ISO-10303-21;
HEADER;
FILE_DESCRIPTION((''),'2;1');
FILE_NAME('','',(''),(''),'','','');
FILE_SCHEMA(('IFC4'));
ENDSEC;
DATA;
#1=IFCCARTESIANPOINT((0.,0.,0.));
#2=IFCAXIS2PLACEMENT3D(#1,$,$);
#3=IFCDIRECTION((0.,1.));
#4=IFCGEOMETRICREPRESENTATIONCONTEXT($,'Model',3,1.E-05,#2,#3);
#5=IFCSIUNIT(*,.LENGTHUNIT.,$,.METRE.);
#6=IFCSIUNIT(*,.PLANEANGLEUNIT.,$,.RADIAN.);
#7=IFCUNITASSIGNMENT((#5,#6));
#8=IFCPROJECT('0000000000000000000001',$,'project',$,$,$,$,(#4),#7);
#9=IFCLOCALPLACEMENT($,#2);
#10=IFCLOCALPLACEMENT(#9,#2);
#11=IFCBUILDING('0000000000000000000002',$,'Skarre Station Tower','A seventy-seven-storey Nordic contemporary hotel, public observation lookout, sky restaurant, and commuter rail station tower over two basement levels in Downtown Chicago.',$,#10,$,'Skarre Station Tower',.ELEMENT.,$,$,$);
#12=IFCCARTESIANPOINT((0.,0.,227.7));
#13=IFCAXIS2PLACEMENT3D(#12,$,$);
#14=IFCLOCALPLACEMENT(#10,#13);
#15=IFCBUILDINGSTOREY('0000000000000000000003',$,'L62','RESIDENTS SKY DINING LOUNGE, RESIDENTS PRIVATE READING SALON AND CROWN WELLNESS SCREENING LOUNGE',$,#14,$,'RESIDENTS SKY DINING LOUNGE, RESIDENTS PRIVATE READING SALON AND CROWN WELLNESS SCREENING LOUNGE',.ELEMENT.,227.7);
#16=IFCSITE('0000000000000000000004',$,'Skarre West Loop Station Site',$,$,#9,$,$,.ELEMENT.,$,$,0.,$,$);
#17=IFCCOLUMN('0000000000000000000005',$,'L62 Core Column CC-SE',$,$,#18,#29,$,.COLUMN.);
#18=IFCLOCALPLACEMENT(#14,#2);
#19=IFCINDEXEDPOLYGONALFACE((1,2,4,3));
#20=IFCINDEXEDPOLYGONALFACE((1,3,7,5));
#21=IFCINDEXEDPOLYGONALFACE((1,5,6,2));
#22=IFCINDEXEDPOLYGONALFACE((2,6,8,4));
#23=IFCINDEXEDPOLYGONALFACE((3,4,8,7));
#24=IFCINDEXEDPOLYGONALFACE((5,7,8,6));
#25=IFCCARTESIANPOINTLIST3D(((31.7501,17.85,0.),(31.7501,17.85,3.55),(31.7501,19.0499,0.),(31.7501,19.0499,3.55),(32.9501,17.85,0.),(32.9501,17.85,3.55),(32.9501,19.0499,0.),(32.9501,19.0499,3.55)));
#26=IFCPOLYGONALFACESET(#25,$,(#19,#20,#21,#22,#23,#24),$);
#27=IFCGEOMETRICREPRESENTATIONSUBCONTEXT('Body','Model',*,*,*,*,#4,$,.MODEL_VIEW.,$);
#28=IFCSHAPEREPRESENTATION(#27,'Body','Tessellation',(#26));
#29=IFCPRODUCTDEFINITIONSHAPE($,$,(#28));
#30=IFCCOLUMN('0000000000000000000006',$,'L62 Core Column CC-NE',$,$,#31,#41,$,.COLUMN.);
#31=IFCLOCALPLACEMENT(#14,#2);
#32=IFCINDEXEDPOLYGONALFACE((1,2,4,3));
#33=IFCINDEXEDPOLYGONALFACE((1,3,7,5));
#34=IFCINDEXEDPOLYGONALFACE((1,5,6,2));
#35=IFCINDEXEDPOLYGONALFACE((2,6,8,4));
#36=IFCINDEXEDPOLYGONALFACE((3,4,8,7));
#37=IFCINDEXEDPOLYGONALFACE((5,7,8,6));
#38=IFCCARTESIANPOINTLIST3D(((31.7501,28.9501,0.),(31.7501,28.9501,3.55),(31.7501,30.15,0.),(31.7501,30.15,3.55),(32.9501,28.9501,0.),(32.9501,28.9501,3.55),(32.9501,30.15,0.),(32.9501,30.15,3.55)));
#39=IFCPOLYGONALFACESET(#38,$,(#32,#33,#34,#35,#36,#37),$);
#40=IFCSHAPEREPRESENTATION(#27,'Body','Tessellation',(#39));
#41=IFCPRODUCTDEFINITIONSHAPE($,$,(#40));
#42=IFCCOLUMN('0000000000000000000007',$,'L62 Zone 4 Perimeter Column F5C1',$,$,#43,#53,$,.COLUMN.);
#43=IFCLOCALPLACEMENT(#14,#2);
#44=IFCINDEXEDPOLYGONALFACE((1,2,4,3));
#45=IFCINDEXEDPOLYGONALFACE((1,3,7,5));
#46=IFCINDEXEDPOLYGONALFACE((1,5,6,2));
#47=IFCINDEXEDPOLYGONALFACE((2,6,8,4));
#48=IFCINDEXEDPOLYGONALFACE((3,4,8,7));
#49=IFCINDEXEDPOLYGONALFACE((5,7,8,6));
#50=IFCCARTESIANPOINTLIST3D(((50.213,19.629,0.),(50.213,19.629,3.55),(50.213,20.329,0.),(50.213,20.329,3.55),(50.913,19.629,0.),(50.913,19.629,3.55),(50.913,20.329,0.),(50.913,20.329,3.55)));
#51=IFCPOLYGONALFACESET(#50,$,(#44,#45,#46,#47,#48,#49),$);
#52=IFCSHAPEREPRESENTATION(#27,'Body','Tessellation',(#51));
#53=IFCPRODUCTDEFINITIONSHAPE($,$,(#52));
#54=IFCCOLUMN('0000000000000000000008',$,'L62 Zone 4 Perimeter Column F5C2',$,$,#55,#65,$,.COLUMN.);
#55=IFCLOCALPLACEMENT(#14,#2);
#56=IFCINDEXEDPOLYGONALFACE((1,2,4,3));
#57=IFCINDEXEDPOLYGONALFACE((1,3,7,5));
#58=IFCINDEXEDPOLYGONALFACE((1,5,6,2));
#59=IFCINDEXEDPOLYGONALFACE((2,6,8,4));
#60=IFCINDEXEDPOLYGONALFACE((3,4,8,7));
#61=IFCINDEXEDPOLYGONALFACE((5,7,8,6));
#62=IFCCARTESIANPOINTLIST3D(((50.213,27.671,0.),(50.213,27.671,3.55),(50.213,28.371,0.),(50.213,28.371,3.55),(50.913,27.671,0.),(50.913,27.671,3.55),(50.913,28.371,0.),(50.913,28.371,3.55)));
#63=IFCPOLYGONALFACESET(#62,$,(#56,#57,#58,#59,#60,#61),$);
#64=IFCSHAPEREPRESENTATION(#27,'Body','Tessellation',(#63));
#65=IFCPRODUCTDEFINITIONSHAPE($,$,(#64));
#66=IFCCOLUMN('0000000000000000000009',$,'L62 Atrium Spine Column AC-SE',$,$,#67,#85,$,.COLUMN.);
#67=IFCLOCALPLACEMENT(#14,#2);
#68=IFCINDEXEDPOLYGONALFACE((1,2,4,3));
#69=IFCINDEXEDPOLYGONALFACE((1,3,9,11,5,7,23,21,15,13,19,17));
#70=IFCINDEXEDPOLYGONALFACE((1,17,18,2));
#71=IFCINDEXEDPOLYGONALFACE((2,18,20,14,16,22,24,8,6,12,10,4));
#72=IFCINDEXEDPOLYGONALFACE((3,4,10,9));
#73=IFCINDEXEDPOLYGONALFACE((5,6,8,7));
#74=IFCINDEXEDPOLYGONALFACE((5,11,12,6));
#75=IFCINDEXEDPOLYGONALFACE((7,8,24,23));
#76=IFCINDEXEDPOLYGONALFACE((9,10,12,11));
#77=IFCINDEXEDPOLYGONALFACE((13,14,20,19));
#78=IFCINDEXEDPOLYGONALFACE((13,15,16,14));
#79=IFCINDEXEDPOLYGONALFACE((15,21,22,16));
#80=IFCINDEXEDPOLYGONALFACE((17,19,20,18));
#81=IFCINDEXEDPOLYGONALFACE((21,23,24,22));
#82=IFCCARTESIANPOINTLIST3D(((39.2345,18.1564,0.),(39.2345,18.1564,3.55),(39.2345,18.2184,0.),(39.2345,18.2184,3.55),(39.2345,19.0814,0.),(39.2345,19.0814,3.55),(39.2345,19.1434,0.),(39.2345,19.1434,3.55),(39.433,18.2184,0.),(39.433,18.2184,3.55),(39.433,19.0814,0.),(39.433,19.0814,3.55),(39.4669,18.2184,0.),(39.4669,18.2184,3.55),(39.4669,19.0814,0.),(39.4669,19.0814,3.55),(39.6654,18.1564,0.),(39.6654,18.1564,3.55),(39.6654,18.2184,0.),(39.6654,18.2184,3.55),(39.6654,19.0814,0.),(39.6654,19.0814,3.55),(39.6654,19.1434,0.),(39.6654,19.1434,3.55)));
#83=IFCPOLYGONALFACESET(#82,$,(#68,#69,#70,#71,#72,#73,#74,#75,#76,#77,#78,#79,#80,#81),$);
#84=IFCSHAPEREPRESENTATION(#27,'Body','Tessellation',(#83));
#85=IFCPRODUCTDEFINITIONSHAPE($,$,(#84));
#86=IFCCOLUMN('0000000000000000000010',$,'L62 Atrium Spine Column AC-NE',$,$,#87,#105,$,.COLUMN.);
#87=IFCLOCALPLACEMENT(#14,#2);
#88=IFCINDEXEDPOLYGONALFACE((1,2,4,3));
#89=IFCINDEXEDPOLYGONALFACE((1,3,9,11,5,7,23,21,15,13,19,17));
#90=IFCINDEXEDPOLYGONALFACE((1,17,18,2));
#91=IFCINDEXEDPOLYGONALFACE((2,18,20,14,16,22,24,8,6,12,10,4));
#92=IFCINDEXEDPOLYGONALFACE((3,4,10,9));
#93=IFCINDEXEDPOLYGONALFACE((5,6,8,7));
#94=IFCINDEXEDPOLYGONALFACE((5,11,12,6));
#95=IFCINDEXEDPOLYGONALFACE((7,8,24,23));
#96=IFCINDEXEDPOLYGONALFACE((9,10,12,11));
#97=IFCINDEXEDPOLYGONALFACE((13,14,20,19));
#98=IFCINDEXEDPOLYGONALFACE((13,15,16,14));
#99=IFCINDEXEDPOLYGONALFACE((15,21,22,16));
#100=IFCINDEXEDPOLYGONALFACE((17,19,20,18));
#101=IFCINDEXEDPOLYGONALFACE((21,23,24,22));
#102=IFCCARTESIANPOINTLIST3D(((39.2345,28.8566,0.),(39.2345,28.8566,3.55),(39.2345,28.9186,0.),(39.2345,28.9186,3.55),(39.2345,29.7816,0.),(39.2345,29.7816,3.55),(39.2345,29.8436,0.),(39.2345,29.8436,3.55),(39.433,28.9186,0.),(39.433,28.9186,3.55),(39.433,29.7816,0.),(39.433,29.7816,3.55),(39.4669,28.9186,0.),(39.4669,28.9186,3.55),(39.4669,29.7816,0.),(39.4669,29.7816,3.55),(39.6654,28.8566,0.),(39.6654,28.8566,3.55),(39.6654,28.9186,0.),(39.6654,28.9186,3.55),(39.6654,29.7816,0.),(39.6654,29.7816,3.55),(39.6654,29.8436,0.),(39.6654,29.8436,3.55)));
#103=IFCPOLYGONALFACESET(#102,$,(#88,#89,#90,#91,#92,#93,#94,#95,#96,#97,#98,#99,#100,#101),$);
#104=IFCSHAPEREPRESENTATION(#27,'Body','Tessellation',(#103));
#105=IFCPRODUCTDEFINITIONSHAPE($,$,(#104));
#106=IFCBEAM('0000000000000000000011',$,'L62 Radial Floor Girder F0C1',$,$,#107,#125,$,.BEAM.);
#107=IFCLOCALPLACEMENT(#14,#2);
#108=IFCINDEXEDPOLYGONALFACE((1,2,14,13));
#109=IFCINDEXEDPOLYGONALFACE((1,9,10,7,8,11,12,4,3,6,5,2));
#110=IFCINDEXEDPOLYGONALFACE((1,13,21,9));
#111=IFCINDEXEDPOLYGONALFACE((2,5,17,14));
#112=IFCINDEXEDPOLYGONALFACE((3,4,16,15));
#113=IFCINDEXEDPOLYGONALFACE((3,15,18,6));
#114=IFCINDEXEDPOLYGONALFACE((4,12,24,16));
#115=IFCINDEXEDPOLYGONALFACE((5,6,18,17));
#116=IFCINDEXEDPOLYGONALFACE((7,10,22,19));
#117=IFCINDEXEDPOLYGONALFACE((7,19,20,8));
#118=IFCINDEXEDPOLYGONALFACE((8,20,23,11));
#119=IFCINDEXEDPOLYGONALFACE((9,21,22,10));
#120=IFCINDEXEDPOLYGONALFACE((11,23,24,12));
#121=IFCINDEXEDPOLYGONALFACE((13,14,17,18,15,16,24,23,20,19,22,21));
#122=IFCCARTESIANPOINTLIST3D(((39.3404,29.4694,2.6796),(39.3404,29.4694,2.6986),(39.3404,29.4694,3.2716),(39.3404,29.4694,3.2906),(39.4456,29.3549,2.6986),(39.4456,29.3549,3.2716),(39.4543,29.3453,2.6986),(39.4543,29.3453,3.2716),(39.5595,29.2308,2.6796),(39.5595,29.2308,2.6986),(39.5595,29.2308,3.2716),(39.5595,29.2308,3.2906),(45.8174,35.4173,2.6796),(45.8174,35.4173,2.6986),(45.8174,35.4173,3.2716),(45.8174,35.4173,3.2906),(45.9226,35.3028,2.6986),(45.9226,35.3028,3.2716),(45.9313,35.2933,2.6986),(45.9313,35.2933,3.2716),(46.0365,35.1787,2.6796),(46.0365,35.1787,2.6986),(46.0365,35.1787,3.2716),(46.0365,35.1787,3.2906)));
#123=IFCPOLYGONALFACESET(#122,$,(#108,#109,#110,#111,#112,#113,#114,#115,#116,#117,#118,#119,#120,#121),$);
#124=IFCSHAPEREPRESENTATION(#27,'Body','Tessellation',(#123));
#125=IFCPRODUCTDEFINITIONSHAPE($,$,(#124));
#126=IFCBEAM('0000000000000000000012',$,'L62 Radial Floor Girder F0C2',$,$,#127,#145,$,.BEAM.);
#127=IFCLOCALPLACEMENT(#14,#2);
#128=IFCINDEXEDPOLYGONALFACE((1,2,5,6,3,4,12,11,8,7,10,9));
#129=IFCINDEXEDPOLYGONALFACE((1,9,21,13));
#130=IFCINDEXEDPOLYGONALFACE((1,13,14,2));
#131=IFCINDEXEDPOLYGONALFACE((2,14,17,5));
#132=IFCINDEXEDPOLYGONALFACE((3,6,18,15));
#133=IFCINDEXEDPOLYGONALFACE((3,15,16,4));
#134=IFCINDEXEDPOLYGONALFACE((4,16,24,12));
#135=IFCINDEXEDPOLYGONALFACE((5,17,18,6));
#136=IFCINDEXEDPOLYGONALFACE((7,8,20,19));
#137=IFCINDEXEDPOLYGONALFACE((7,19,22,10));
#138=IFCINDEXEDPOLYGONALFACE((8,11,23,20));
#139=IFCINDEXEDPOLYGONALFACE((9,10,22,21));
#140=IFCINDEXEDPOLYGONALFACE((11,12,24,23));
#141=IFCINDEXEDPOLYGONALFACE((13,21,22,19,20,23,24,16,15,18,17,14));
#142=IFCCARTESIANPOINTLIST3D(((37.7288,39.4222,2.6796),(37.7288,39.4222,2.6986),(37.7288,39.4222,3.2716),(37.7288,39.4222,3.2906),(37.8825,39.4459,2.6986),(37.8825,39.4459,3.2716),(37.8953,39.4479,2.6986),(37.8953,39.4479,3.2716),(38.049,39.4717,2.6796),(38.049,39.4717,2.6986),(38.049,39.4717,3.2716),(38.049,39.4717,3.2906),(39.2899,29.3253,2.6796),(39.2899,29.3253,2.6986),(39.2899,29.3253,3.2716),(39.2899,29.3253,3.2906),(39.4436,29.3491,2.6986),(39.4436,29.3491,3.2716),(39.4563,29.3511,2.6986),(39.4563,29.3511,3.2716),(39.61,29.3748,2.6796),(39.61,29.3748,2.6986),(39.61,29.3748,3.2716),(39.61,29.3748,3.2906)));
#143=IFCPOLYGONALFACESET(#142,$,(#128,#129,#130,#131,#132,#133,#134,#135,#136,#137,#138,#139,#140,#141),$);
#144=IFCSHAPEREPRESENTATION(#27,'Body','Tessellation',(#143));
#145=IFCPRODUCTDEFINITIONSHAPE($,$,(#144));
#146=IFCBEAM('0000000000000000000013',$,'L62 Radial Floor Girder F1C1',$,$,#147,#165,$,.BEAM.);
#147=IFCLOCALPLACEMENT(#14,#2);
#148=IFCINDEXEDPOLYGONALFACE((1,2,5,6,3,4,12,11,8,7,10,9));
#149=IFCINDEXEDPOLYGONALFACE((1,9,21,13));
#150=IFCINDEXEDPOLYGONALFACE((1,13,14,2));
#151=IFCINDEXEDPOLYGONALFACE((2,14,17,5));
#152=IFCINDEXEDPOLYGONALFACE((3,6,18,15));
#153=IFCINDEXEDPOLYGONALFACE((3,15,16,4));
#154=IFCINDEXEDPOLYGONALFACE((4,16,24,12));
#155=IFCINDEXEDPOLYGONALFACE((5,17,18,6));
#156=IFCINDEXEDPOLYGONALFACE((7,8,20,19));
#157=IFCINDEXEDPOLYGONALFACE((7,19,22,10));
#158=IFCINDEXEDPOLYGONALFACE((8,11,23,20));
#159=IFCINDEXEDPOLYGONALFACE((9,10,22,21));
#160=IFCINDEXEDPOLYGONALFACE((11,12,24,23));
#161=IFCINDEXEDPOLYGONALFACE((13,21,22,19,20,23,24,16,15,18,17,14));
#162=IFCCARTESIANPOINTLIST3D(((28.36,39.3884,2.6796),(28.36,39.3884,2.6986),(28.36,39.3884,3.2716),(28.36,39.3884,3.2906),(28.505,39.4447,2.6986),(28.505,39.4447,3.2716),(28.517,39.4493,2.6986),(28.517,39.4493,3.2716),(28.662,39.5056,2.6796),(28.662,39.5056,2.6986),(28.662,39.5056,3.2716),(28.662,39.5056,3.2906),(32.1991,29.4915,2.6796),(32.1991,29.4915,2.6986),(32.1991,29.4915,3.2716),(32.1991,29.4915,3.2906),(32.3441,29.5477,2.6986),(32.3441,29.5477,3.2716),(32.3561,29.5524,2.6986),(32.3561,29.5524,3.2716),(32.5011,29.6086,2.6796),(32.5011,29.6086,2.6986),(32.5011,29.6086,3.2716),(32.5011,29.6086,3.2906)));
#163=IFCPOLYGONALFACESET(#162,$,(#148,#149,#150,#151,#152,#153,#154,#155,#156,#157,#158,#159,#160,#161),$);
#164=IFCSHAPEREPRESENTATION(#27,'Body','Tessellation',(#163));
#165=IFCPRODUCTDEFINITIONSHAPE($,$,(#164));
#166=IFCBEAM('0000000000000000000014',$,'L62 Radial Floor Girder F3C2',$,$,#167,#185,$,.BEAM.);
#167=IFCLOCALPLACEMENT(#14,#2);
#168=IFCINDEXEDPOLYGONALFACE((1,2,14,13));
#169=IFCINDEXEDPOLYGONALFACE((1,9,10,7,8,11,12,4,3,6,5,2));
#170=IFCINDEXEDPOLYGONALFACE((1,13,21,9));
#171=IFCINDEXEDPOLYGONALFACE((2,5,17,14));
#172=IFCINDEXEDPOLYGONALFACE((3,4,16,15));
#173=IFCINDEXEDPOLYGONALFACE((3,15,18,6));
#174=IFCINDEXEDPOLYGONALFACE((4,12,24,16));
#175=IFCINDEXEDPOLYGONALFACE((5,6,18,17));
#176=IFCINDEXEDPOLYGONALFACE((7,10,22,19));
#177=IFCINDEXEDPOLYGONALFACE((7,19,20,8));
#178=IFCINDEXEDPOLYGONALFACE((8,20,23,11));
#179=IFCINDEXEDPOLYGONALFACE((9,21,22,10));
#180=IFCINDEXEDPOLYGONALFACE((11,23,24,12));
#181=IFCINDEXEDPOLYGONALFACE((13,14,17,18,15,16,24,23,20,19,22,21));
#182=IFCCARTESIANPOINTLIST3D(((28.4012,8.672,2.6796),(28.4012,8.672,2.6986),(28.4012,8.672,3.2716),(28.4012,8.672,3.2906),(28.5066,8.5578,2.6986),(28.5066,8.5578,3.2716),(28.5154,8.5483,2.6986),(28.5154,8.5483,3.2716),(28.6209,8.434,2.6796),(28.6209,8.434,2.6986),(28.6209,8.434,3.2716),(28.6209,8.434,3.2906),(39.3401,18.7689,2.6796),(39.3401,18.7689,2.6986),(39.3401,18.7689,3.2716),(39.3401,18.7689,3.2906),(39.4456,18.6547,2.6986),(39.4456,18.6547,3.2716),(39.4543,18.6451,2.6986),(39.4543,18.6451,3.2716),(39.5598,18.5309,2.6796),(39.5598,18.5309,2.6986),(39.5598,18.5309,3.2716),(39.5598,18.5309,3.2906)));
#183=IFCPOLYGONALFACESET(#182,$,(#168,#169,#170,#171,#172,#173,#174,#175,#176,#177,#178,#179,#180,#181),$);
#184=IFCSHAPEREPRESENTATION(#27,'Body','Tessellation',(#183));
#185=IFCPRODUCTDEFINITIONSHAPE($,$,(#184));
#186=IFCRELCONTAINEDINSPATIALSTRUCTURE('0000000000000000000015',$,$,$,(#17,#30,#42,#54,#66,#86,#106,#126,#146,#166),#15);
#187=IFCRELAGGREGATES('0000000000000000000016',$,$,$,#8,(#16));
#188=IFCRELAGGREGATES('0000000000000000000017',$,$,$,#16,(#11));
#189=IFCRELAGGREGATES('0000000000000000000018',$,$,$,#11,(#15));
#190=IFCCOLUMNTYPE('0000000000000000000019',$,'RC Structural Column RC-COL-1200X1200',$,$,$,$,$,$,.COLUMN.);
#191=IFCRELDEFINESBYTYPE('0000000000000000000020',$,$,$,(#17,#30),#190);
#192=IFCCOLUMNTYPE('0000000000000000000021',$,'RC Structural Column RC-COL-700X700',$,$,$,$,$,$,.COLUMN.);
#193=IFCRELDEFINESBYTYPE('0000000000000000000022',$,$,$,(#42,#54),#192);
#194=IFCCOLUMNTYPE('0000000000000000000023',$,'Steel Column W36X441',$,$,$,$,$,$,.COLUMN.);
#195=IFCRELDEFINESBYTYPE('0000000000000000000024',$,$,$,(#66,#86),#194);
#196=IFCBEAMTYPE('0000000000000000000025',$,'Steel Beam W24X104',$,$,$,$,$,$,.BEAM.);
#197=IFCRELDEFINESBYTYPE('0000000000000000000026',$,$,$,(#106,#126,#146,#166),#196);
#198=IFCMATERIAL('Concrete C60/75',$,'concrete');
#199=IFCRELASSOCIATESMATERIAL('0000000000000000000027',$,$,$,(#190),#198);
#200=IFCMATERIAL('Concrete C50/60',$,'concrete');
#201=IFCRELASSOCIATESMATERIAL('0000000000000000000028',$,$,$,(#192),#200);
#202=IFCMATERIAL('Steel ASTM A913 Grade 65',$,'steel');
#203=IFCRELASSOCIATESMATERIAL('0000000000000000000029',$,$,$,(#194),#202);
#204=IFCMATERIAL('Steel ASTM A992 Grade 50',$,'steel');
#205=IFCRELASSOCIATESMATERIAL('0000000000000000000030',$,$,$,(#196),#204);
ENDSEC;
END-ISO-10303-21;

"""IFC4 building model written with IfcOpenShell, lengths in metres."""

from ifc_helpers import new_model, si_unit, direction, frame, origin, origin_2d, place, context, subcontext, project, spatial, rectangle, i_section, extrude, material, material_profile, profile_set, type_object, element, save


model = new_model("IFC4")

# Units and contexts
model_context = context("Model", 3, precision=1e-05, world=origin(), true_north=direction((0.0, 1.0)))
body_context = subcontext(model_context, "Body", "Model", "MODEL_VIEW")
ifc_project = project(units=[si_unit("LENGTHUNIT", "METRE"), si_unit("PLANEANGLEUNIT", "RADIAN")], contexts=[model_context])

# Site, building, storey
site_placement = place(None, origin())
site = spatial("IfcSite", under=ifc_project, at=site_placement, Name="Skarre West Loop Station Site", CompositionType="ELEMENT", RefElevation=0.0)
building_placement = place(site_placement, origin())
building = spatial("IfcBuilding", under=site, at=building_placement, Name="Skarre Station Tower", Description="A seventy-seven-storey Nordic contemporary hotel, public observation lookout, sky restaurant, and commuter rail station tower over two basement levels in Downtown Chicago.", LongName="Skarre Station Tower", CompositionType="ELEMENT")
storey_placement = place(building_placement, frame((0.0, 0.0, 227.7)))
storey = spatial("IfcBuildingStorey", under=building, at=storey_placement, Name="L62", Description="RESIDENTS SKY DINING LOUNGE, RESIDENTS PRIVATE READING SALON AND CROWN WELLNESS SCREENING LOUNGE", LongName="RESIDENTS SKY DINING LOUNGE, RESIDENTS PRIVATE READING SALON AND CROWN WELLNESS SCREENING LOUNGE", CompositionType="ELEMENT", Elevation=227.7)

# Columns
ifc_material_1 = material(Name="Concrete C60/75", Category="concrete")
ifc_material_profile_1 = material_profile(ifc_material_1, rectangle(XDim=1.2, YDim=1.2, at=origin_2d()), Name="Concrete C60/75")
ifc_profile_set_1 = profile_set([ifc_material_profile_1], Name="Concrete C60/75")
column_type_1 = type_object("IfcColumnType", Name="RC Structural Column RC-COL-1200X1200", PredefinedType="COLUMN", material=ifc_profile_set_1)
for number, where, z_axis, x_axis, name in (
    (1, (32.3501, 18.45, 0.0), (0.0, 0.0, 1.0), (1.0, 0.0, 0.0), "L62 Core Column CC-SE"),
    (2, (32.3501, 29.55, 0.0), (0.0, 0.0, 1.0), (1.0, 0.0, 0.0), "L62 Core Column CC-NE"),
):
    element("IfcColumn", number, at=place(storey_placement, frame(where, z_axis=z_axis, x_axis=x_axis)), inside=storey, type_object=column_type_1, Name=name, PredefinedType="COLUMN", context=body_context, shape_type="SweptSolid", body=[
        extrude(rectangle(XDim=1.2, YDim=1.2, at=origin_2d()), origin(), (0.0, 0.0, 1.0), 3.55),
    ])
ifc_material_2 = material(Name="Concrete C50/60", Category="concrete")
ifc_material_profile_2 = material_profile(ifc_material_2, rectangle(XDim=0.7, YDim=0.7, at=origin_2d()), Name="Concrete C50/60")
ifc_profile_set_2 = profile_set([ifc_material_profile_2], Name="Concrete C50/60")
column_type_2 = type_object("IfcColumnType", Name="RC Structural Column RC-COL-700X700", PredefinedType="COLUMN", material=ifc_profile_set_2)
for number, where, z_axis, x_axis, name in (
    (3, (50.563, 19.979, 0.0), (0.0, 0.0, 1.0), (1.0, 0.0, 0.0), "L62 Zone 4 Perimeter Column F5C1"),
    (4, (50.563, 28.021, 0.0), (0.0, 0.0, 1.0), (1.0, 0.0, 0.0), "L62 Zone 4 Perimeter Column F5C2"),
):
    element("IfcColumn", number, at=place(storey_placement, frame(where, z_axis=z_axis, x_axis=x_axis)), inside=storey, type_object=column_type_2, Name=name, PredefinedType="COLUMN", context=body_context, shape_type="SweptSolid", body=[
        extrude(rectangle(XDim=0.7, YDim=0.7, at=origin_2d()), origin(), (0.0, 0.0, 1.0), 3.55),
    ])
ifc_material_3 = material(Name="Steel ASTM A913 Grade 65", Category="steel")
ifc_material_profile_3 = material_profile(ifc_material_3, i_section(OverallWidth=0.4309, OverallDepth=0.9871, WebThickness=0.0339, FlangeThickness=0.062, at=origin_2d()), Name="Steel ASTM A913 Grade 65")
ifc_profile_set_3 = profile_set([ifc_material_profile_3], Name="Steel ASTM A913 Grade 65")
column_type_3 = type_object("IfcColumnType", Name="Steel Column W36X441", PredefinedType="COLUMN", material=ifc_profile_set_3)
for number, where, z_axis, x_axis, name in (
    (5, (39.45, 18.6499, 0.0), (0.0, 0.0, 1.0), (1.0, 0.0, 0.0), "L62 Atrium Spine Column AC-SE"),
    (6, (39.45, 29.3501, 0.0), (0.0, 0.0, 1.0), (1.0, 0.0, 0.0), "L62 Atrium Spine Column AC-NE"),
):
    element("IfcColumn", number, at=place(storey_placement, frame(where, z_axis=z_axis, x_axis=x_axis)), inside=storey, type_object=column_type_3, Name=name, PredefinedType="COLUMN", context=body_context, shape_type="SweptSolid", body=[
        extrude(i_section(OverallWidth=0.4309, OverallDepth=0.9871, WebThickness=0.0339, FlangeThickness=0.062, at=origin_2d()), origin(), (0.0, 0.0, 1.0), 3.55),
    ])

# Beams
ifc_material_4 = material(Name="Steel ASTM A992 Grade 50", Category="steel")
ifc_material_profile_4 = material_profile(ifc_material_4, i_section(OverallWidth=0.324, OverallDepth=0.6111, WebThickness=0.0129, FlangeThickness=0.019, at=origin_2d()), Name="Steel ASTM A992 Grade 50")
ifc_profile_set_4 = profile_set([ifc_material_profile_4], Name="Steel ASTM A992 Grade 50")
beam_type_1 = type_object("IfcBeamType", Name="Steel Beam W24X104", PredefinedType="BEAM", material=ifc_profile_set_4)
beam_1_placement = place(storey_placement, frame((39.45, 29.3501, 2.9851), z_axis=(0.736548, 0.676386, 0.0), x_axis=(-0.676386, 0.736548, 0.0)))
element("IfcBeam", 7, at=beam_1_placement, inside=storey, type_object=beam_type_1, Name="L62 Radial Floor Girder F0C1", PredefinedType="BEAM", context=body_context, shape_type="SweptSolid", body=[
    extrude(i_section(OverallWidth=0.324, OverallDepth=0.6111, WebThickness=0.0129, FlangeThickness=0.019, at=origin_2d()), origin(), (0.0, 0.0, 1.0), 8.7937),
])
beam_2_placement = place(storey_placement, frame((39.45, 29.3501, 2.9851), z_axis=(-0.15279, 0.988259, 0.0), x_axis=(-0.988259, -0.15279, 0.0)))
element("IfcBeam", 8, at=beam_2_placement, inside=storey, type_object=beam_type_1, Name="L62 Radial Floor Girder F0C2", PredefinedType="BEAM", context=body_context, shape_type="SweptSolid", body=[
    extrude(i_section(OverallWidth=0.324, OverallDepth=0.6111, WebThickness=0.0129, FlangeThickness=0.019, at=origin_2d()), origin(), (0.0, 0.0, 1.0), 10.2168),
])
beam_3_placement = place(storey_placement, frame((32.3501, 29.55, 2.9851), z_axis=(-0.361651, 0.932313, 0.0), x_axis=(-0.932313, -0.361651, 0.0)))
element("IfcBeam", 9, at=beam_3_placement, inside=storey, type_object=beam_type_1, Name="L62 Radial Floor Girder F1C1", PredefinedType="BEAM", context=body_context, shape_type="SweptSolid", body=[
    extrude(i_section(OverallWidth=0.324, OverallDepth=0.6111, WebThickness=0.0129, FlangeThickness=0.019, at=origin_2d()), origin(), (0.0, 0.0, 1.0), 10.6155),
])
beam_4_placement = place(storey_placement, frame((39.45, 18.6499, 2.9851), z_axis=(-0.734823, -0.678259, 0.0), x_axis=(0.678259, -0.734823, 0.0)))
element("IfcBeam", 10, at=beam_4_placement, inside=storey, type_object=beam_type_1, Name="L62 Radial Floor Girder F3C2", PredefinedType="BEAM", context=body_context, shape_type="SweptSolid", body=[
    extrude(i_section(OverallWidth=0.324, OverallDepth=0.6111, WebThickness=0.0129, FlangeThickness=0.019, at=origin_2d()), origin(), (0.0, 0.0, 1.0), 14.8865),
])

save(model, "model.ifc")
